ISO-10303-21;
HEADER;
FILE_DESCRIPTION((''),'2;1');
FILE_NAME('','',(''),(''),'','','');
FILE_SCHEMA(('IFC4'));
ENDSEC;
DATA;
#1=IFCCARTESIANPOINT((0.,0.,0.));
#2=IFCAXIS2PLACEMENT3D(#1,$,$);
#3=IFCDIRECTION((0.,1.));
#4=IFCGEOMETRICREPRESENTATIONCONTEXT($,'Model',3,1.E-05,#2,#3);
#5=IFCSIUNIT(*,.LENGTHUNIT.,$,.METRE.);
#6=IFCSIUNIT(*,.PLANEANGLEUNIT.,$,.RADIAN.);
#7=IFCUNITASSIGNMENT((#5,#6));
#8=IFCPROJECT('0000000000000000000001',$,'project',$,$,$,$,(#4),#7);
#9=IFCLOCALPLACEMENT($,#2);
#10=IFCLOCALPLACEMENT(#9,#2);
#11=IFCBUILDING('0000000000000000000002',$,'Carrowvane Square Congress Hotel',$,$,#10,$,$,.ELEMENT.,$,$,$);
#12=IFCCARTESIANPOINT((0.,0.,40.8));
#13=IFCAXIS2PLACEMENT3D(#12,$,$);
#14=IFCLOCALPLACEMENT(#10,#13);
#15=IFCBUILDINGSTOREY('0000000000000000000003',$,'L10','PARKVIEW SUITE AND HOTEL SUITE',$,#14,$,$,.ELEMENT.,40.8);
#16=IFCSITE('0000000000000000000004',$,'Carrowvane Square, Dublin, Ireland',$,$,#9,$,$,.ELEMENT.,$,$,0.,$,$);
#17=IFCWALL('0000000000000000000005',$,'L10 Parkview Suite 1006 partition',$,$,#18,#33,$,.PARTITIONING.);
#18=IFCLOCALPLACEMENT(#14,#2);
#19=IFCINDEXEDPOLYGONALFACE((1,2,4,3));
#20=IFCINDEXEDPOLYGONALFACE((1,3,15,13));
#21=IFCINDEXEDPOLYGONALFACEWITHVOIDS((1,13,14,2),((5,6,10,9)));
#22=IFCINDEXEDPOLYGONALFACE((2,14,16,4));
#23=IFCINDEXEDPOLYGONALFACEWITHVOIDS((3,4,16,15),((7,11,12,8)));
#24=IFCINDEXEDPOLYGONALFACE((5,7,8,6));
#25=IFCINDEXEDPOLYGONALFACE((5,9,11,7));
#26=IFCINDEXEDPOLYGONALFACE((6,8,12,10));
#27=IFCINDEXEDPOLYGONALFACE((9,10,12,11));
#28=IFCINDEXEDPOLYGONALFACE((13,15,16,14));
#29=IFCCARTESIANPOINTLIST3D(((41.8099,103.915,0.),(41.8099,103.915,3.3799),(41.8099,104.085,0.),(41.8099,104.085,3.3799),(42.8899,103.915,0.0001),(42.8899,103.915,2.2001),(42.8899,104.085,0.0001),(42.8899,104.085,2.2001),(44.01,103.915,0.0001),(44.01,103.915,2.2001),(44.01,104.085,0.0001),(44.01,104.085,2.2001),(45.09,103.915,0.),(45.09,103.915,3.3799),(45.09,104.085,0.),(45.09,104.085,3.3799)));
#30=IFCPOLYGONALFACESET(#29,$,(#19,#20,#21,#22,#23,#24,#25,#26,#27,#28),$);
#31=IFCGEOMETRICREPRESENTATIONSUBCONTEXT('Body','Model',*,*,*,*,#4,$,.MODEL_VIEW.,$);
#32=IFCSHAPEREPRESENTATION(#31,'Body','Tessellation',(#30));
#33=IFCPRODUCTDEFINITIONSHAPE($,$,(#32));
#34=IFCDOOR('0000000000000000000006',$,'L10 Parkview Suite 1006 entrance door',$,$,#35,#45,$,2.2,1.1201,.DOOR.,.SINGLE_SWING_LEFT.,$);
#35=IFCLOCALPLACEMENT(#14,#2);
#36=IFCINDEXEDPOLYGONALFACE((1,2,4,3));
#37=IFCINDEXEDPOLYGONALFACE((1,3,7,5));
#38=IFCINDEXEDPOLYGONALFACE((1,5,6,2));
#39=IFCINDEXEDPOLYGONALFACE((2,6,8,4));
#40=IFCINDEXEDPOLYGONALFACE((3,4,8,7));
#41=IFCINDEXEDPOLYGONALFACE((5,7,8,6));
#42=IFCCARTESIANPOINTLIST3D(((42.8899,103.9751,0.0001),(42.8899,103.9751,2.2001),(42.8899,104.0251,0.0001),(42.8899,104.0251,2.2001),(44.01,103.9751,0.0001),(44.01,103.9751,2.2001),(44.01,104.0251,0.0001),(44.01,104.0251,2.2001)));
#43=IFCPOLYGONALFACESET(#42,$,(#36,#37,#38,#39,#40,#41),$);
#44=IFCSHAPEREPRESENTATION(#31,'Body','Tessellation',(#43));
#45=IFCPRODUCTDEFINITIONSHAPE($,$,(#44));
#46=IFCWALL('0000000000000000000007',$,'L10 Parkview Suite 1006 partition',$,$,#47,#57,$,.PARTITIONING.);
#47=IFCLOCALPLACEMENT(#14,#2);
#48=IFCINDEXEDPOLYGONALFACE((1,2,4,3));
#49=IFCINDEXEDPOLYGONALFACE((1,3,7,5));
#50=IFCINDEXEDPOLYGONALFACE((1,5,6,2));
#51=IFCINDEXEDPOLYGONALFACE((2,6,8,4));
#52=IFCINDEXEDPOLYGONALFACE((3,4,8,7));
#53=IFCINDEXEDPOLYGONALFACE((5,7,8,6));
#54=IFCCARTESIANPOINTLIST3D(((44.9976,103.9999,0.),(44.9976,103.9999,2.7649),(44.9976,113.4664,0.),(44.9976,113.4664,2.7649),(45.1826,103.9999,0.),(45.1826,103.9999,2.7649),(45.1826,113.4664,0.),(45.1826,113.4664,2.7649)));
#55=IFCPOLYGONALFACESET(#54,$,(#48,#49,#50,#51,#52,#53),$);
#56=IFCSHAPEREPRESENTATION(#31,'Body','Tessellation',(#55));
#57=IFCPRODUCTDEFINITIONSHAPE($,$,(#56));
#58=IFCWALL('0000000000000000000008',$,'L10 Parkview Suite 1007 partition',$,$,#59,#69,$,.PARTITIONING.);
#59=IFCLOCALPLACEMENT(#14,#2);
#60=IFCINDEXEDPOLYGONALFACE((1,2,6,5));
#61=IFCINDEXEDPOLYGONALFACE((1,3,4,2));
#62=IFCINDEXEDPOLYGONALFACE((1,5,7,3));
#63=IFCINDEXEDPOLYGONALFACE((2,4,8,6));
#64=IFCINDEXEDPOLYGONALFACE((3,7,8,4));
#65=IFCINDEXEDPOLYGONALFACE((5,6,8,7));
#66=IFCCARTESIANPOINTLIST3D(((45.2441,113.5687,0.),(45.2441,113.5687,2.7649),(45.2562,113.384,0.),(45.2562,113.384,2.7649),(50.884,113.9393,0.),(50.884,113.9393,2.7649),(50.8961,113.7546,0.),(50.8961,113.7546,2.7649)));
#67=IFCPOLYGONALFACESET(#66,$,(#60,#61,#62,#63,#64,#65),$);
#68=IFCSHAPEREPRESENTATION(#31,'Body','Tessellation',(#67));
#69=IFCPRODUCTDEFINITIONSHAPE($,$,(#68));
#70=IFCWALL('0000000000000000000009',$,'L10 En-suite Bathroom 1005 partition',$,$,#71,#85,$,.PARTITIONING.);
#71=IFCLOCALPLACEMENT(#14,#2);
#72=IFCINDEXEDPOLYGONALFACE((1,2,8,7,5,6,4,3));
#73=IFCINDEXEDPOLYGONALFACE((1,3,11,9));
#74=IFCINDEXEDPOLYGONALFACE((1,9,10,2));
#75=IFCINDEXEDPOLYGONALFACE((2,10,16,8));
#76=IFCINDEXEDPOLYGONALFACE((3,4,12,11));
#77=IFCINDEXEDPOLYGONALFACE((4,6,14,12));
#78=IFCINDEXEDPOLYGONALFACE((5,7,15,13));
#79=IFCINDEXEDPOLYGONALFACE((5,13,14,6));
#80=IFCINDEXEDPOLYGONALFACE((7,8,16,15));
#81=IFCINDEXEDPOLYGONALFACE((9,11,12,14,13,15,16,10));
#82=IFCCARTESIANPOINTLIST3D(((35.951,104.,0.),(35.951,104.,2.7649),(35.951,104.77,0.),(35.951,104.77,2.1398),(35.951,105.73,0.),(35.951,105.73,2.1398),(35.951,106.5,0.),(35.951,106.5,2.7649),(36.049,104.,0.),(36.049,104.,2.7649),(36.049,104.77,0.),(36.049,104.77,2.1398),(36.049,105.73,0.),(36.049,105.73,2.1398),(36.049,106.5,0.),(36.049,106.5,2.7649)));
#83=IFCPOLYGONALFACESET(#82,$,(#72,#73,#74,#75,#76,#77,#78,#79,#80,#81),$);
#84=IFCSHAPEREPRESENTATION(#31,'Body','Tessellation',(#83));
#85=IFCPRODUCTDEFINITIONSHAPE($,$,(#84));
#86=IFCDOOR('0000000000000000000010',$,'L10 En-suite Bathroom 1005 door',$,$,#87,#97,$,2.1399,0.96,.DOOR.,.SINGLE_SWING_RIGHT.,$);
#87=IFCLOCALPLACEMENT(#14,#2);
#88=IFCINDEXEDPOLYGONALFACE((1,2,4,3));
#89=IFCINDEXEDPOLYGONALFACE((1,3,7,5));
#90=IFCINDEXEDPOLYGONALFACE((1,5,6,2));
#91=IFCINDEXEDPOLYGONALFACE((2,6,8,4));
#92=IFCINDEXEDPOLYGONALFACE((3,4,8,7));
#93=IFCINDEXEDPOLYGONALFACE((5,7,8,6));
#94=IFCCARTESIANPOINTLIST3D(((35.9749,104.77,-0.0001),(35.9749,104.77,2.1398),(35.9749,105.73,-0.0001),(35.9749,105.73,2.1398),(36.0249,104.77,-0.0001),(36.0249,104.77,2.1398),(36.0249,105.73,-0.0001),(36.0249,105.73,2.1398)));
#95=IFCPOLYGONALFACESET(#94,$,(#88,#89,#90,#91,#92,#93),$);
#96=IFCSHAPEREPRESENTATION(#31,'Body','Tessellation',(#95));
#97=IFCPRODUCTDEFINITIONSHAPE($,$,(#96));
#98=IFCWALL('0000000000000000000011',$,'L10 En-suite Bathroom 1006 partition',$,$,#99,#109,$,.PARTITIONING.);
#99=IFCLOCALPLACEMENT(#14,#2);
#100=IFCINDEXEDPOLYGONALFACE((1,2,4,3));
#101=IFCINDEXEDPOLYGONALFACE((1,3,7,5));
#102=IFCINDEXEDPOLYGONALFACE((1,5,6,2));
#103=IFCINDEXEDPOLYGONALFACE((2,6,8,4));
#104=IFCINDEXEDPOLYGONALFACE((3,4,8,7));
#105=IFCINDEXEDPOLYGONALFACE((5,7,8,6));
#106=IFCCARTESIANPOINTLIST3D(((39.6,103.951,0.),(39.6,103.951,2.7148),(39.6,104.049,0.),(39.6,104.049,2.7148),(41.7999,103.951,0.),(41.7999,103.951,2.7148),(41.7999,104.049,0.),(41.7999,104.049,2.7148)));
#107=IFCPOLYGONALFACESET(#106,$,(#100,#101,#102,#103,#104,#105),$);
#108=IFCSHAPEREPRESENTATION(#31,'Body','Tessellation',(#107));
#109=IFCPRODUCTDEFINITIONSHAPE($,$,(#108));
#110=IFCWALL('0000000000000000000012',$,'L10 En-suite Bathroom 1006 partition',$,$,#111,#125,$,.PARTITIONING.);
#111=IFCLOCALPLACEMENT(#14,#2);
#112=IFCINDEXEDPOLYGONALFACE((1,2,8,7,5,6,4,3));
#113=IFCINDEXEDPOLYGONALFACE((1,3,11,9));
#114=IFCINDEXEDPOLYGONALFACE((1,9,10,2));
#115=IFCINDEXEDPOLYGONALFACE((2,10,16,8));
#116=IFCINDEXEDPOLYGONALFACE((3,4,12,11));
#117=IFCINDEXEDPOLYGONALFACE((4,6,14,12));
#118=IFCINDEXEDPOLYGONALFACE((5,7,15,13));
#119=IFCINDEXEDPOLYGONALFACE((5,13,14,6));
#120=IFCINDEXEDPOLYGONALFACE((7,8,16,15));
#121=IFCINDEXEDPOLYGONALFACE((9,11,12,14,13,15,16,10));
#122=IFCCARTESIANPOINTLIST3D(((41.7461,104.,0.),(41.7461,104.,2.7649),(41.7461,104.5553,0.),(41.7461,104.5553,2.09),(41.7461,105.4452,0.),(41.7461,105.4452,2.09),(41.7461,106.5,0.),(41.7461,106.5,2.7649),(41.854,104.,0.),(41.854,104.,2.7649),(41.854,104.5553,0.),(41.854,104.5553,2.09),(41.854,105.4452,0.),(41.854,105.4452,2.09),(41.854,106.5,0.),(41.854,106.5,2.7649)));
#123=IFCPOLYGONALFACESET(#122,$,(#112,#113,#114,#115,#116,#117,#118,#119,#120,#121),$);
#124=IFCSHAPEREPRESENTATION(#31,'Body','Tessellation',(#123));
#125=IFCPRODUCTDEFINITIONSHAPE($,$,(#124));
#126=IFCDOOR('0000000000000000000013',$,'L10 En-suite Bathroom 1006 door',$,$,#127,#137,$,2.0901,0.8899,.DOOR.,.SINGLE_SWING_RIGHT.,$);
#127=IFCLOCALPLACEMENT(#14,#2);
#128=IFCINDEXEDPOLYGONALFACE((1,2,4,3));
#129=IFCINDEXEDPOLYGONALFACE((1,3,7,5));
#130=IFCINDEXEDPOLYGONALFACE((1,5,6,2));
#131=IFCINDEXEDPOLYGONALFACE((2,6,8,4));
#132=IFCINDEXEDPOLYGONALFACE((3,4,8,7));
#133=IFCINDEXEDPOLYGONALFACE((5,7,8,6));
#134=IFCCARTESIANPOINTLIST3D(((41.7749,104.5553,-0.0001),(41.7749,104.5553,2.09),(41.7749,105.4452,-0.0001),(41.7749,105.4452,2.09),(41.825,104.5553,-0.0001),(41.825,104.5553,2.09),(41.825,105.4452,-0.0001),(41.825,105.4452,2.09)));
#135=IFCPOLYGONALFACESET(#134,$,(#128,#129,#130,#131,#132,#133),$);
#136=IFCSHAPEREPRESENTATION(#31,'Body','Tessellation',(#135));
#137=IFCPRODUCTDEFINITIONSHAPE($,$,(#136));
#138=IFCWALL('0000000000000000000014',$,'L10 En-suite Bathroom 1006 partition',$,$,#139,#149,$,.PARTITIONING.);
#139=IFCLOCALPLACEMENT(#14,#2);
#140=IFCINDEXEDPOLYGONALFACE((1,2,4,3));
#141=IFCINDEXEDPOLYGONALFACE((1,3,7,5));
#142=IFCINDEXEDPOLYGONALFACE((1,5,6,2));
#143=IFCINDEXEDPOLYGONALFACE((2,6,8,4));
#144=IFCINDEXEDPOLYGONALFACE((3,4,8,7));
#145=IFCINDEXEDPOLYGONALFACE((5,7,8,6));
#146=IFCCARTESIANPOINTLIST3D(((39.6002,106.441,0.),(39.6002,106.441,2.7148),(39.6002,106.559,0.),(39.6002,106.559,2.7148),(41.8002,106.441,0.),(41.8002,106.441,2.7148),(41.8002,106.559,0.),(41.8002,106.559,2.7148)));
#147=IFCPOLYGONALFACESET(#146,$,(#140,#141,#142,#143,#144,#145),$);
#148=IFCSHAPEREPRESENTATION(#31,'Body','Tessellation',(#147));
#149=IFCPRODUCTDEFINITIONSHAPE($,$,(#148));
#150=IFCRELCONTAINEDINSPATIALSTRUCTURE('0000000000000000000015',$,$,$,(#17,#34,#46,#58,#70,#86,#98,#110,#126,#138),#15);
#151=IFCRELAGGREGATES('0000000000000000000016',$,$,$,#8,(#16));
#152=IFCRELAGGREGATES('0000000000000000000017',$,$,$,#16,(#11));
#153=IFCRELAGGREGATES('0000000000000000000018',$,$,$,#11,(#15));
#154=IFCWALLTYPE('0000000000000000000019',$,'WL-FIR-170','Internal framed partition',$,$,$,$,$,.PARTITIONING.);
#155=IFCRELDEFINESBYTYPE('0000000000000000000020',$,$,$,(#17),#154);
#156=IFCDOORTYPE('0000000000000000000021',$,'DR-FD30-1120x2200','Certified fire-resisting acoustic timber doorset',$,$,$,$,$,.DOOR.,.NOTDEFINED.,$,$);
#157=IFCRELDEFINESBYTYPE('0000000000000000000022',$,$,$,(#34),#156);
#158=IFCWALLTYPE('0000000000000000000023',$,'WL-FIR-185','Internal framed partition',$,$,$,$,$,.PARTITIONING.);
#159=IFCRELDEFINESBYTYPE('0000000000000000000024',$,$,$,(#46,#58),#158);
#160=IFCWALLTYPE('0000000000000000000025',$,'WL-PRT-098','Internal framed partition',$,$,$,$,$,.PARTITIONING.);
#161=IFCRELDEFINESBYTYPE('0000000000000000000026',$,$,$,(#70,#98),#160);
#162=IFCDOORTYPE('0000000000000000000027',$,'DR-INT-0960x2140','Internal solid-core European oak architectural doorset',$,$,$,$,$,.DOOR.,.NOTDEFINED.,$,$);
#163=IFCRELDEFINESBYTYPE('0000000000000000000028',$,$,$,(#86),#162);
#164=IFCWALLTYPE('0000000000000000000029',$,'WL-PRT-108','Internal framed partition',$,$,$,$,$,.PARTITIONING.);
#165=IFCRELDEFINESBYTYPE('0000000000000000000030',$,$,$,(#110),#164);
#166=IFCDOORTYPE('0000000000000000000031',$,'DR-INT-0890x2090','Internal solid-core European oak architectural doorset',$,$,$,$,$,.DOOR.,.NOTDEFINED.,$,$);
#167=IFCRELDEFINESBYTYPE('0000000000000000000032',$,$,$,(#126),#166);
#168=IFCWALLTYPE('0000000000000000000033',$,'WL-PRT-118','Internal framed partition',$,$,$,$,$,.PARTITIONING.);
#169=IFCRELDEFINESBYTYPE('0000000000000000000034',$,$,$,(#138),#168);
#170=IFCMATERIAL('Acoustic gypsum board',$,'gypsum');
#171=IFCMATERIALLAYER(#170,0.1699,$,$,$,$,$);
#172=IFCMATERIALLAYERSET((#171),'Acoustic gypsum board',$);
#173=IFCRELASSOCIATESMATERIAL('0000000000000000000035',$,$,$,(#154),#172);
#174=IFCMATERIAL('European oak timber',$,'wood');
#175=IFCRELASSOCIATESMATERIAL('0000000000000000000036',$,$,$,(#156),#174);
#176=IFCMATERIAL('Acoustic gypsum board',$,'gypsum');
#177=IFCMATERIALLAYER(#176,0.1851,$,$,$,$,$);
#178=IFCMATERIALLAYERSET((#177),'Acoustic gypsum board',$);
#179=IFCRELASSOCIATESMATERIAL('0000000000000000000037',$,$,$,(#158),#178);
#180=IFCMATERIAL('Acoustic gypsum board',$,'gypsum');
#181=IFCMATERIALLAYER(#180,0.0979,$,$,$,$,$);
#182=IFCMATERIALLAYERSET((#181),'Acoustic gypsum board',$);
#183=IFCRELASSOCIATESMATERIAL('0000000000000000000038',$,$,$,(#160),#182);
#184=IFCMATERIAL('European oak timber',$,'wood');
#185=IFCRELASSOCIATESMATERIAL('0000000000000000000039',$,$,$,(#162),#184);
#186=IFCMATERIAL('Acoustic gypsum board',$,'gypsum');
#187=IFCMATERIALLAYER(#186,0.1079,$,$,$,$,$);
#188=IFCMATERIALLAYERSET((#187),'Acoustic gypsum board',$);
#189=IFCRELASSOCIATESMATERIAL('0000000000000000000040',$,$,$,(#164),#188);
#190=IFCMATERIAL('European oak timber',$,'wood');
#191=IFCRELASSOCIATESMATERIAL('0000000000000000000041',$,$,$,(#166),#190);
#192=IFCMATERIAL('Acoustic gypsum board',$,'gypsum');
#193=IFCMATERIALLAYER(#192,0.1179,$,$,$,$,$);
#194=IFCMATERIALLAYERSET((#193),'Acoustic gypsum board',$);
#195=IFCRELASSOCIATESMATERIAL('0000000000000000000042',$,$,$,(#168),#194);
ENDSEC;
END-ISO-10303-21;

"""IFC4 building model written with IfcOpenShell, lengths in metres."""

from ifc_helpers import new_model, si_unit, direction, frame, frame_2d, origin, place, context, subcontext, project, spatial, rectangle, extrude, material, layer, layer_set, type_object, element, fill, save


model = new_model("IFC4")

# Units and contexts
model_context = context("Model", 3, precision=1e-05, world=origin(), true_north=direction((0.0, 1.0)))
body_context = subcontext(model_context, "Body", "Model", "MODEL_VIEW")
ifc_project = project(units=[si_unit("LENGTHUNIT", "METRE"), si_unit("PLANEANGLEUNIT", "RADIAN")], contexts=[model_context])

# Site, building, storey
site_placement = place(None, origin())
site = spatial("IfcSite", under=ifc_project, at=site_placement, Name="Carrowvane Square, Dublin, Ireland", CompositionType="ELEMENT", RefElevation=0.0)
building_placement = place(site_placement, origin())
building = spatial("IfcBuilding", under=site, at=building_placement, Name="Carrowvane Square Congress Hotel", CompositionType="ELEMENT")
storey_placement = place(building_placement, frame((0.0, 0.0, 40.8)))
storey = spatial("IfcBuildingStorey", under=building, at=storey_placement, Name="L10", Description="PARKVIEW SUITE AND HOTEL SUITE", CompositionType="ELEMENT", Elevation=40.8)

# Wall, opening, door
ifc_material_1 = material(Name="Acoustic gypsum board", Category="gypsum")
ifc_layer_1 = layer(ifc_material_1, 0.1699)
ifc_layer_set_1 = layer_set([ifc_layer_1], Name="Acoustic gypsum board")
wall_type_1 = type_object("IfcWallType", Name="WL-FIR-170", Description="Internal framed partition", PredefinedType="PARTITIONING", material=ifc_layer_set_1)
wall_1_placement = place(storey_placement, frame((45.0901, 104.0, 0.0), z_axis=(0.0, 0.0, 1.0), x_axis=(-1.0, 0.0, 0.0)))
wall_1 = element("IfcWall", 1, at=wall_1_placement, inside=storey, type_object=wall_type_1, Name="L10 Parkview Suite 1006 partition", PredefinedType="PARTITIONING", context=body_context, shape_type="SweptSolid", body=[
    extrude(rectangle(XDim=3.28, YDim=0.1699, at=frame_2d((1.6401, 0.0))), origin(), (0.0, 0.0, 1.0), 3.3799),
])
opening_1_placement = place(wall_1_placement, frame((1.0801, 0.0, 0.0)))
opening_1 = element("IfcOpeningElement", 2, at=opening_1_placement, cuts=wall_1, PredefinedType="OPENING", context=body_context, shape_type="SweptSolid", body=[
    extrude(rectangle(XDim=1.1201, YDim=2.2, at=frame_2d((0.5601, 1.1001))), frame((0.0, 0.095, 0.0), z_axis=(0.0, -1.0, 0.0), x_axis=(1.0, 0.0, 0.0)), (0.0, 0.0, 1.0), 0.1899),
])
ifc_material_2 = material(Name="European oak timber", Category="wood")
door_type_1 = type_object("IfcDoorType", Name="DR-FD30-1120x2200", Description="Certified fire-resisting acoustic timber doorset", OperationType="NOTDEFINED", PredefinedType="DOOR", material=ifc_material_2)
door_1_placement = place(opening_1_placement, origin())
door_1 = element("IfcDoor", 3, at=door_1_placement, inside=storey, type_object=door_type_1, Name="L10 Parkview Suite 1006 entrance door", OperationType="SINGLE_SWING_LEFT", OverallHeight=2.2, OverallWidth=1.1201, PredefinedType="DOOR", context=body_context, shape_type="SweptSolid", body=[
    extrude(rectangle(XDim=1.1201, YDim=2.2, at=frame_2d((0.5601, 1.1001))), frame((0.0, 0.0249, 0.0), z_axis=(0.0, -1.0, 0.0), x_axis=(1.0, 0.0, 0.0)), (0.0, 0.0, 1.0), 0.05),
])
fill(opening_1, door_1)

# Walls
ifc_material_3 = material(Name="Acoustic gypsum board", Category="gypsum")
ifc_layer_2 = layer(ifc_material_3, 0.1851)
ifc_layer_set_2 = layer_set([ifc_layer_2], Name="Acoustic gypsum board")
wall_type_2 = type_object("IfcWallType", Name="WL-FIR-185", Description="Internal framed partition", PredefinedType="PARTITIONING", material=ifc_layer_set_2)
wall_2_placement = place(storey_placement, frame((45.0901, 113.4666, 0.0), z_axis=(0.0, 0.0, 1.0), x_axis=(0.0, -1.0, 0.0)))
element("IfcWall", 4, at=wall_2_placement, inside=storey, type_object=wall_type_2, Name="L10 Parkview Suite 1006 partition", PredefinedType="PARTITIONING", context=body_context, shape_type="SweptSolid", body=[
    extrude(rectangle(XDim=9.4666, YDim=0.1851, at=frame_2d((4.7334, 0.0))), origin(), (0.0, 0.0, 1.0), 2.7649),
])
wall_3_placement = place(storey_placement, frame((45.25, 113.4763, 0.0), z_axis=(0.0, 0.0, 1.0), x_axis=(0.997848, 0.06557, 0.0)))
element("IfcWall", 5, at=wall_3_placement, inside=storey, type_object=wall_type_2, Name="L10 Parkview Suite 1007 partition", PredefinedType="PARTITIONING", context=body_context, shape_type="SweptSolid", body=[
    extrude(rectangle(XDim=5.6521, YDim=0.1851, at=frame_2d((2.8262, 0.0))), origin(), (0.0, 0.0, 1.0), 2.7649),
])

# Wall, opening, door
ifc_material_4 = material(Name="Acoustic gypsum board", Category="gypsum")
ifc_layer_3 = layer(ifc_material_4, 0.0979)
ifc_layer_set_3 = layer_set([ifc_layer_3], Name="Acoustic gypsum board")
wall_type_3 = type_object("IfcWallType", Name="WL-PRT-098", Description="Internal framed partition", PredefinedType="PARTITIONING", material=ifc_layer_set_3)
wall_4_placement = place(storey_placement, frame((36.0, 106.5, 0.0), z_axis=(0.0, 0.0, 1.0), x_axis=(0.0, -1.0, 0.0)))
wall_4 = element("IfcWall", 6, at=wall_4_placement, inside=storey, type_object=wall_type_3, Name="L10 En-suite Bathroom 1005 partition", PredefinedType="PARTITIONING", context=body_context, shape_type="SweptSolid", body=[
    extrude(rectangle(XDim=2.5, YDim=0.0979, at=frame_2d((1.25, 0.0))), origin(), (0.0, 0.0, 1.0), 2.7649),
])
opening_2_placement = place(wall_4_placement, frame((0.77, 0.0, 0.0)))
opening_2 = element("IfcOpeningElement", 7, at=opening_2_placement, cuts=wall_4, PredefinedType="OPENING", context=body_context, shape_type="SweptSolid", body=[
    extrude(rectangle(XDim=0.96, YDim=2.1399, at=frame_2d((0.48, 1.0698))), frame((0.0, 0.0588, 0.0), z_axis=(0.0, -1.0, 0.0), x_axis=(1.0, 0.0, 0.0)), (0.0, 0.0, 1.0), 0.1179),
])
ifc_material_5 = material(Name="European oak timber", Category="wood")
door_type_2 = type_object("IfcDoorType", Name="DR-INT-0960x2140", Description="Internal solid-core European oak architectural doorset", OperationType="NOTDEFINED", PredefinedType="DOOR", material=ifc_material_5)
door_2_placement = place(opening_2_placement, origin())
door_2 = element("IfcDoor", 8, at=door_2_placement, inside=storey, type_object=door_type_2, Name="L10 En-suite Bathroom 1005 door", OperationType="SINGLE_SWING_RIGHT", OverallHeight=2.1399, OverallWidth=0.96, PredefinedType="DOOR", context=body_context, shape_type="SweptSolid", body=[
    extrude(rectangle(XDim=0.96, YDim=2.1399, at=frame_2d((0.48, 1.0698))), frame((0.0, 0.0249, 0.0), z_axis=(0.0, -1.0, 0.0), x_axis=(1.0, 0.0, 0.0)), (0.0, 0.0, 1.0), 0.05),
])
fill(opening_2, door_2)

# Wall
wall_5_placement = place(storey_placement, frame((41.8, 104.0, 0.0), z_axis=(0.0, 0.0, 1.0), x_axis=(-1.0, 0.0, 0.0)))
element("IfcWall", 9, at=wall_5_placement, inside=storey, type_object=wall_type_3, Name="L10 En-suite Bathroom 1006 partition", PredefinedType="PARTITIONING", context=body_context, shape_type="SweptSolid", body=[
    extrude(rectangle(XDim=2.2, YDim=0.0979, at=frame_2d((1.1001, 0.0))), origin(), (0.0, 0.0, 1.0), 2.7148),
])

# Wall, opening, door
ifc_material_6 = material(Name="Acoustic gypsum board", Category="gypsum")
ifc_layer_4 = layer(ifc_material_6, 0.1079)
ifc_layer_set_4 = layer_set([ifc_layer_4], Name="Acoustic gypsum board")
wall_type_4 = type_object("IfcWallType", Name="WL-PRT-108", Description="Internal framed partition", PredefinedType="PARTITIONING", material=ifc_layer_set_4)
wall_6_placement = place(storey_placement, frame((41.8, 106.5, 0.0), z_axis=(0.0, 0.0, 1.0), x_axis=(0.0, -1.0, 0.0)))
wall_6 = element("IfcWall", 10, at=wall_6_placement, inside=storey, type_object=wall_type_4, Name="L10 En-suite Bathroom 1006 partition", PredefinedType="PARTITIONING", context=body_context, shape_type="SweptSolid", body=[
    extrude(rectangle(XDim=2.5, YDim=0.1079, at=frame_2d((1.25, 0.0))), origin(), (0.0, 0.0, 1.0), 2.7649),
])
opening_3_placement = place(wall_6_placement, frame((1.0549, 0.0, 0.0)))
opening_3 = element("IfcOpeningElement", 11, at=opening_3_placement, cuts=wall_6, PredefinedType="OPENING", context=body_context, shape_type="SweptSolid", body=[
    extrude(rectangle(XDim=0.8899, YDim=2.0901, at=frame_2d((0.4448, 1.0449))), frame((0.0, 0.064, 0.0), z_axis=(0.0, -1.0, 0.0), x_axis=(1.0, 0.0, 0.0)), (0.0, 0.0, 1.0), 0.1279),
])
ifc_material_7 = material(Name="European oak timber", Category="wood")
door_type_3 = type_object("IfcDoorType", Name="DR-INT-0890x2090", Description="Internal solid-core European oak architectural doorset", OperationType="NOTDEFINED", PredefinedType="DOOR", material=ifc_material_7)
door_3_placement = place(opening_3_placement, origin())
door_3 = element("IfcDoor", 12, at=door_3_placement, inside=storey, type_object=door_type_3, Name="L10 En-suite Bathroom 1006 door", OperationType="SINGLE_SWING_RIGHT", OverallHeight=2.0901, OverallWidth=0.8899, PredefinedType="DOOR", context=body_context, shape_type="SweptSolid", body=[
    extrude(rectangle(XDim=0.8899, YDim=2.0901, at=frame_2d((0.4448, 1.0449))), frame((0.0, 0.0249, 0.0), z_axis=(0.0, -1.0, 0.0), x_axis=(1.0, 0.0, 0.0)), (0.0, 0.0, 1.0), 0.05),
])
fill(opening_3, door_3)

# Wall
ifc_material_8 = material(Name="Acoustic gypsum board", Category="gypsum")
ifc_layer_5 = layer(ifc_material_8, 0.1179)
ifc_layer_set_5 = layer_set([ifc_layer_5], Name="Acoustic gypsum board")
wall_type_5 = type_object("IfcWallType", Name="WL-PRT-118", Description="Internal framed partition", PredefinedType="PARTITIONING", material=ifc_layer_set_5)
wall_7_placement = place(storey_placement, frame((39.6001, 106.5, 0.0), z_axis=(0.0, 0.0, 1.0), x_axis=(1.0, 0.0, 0.0)))
element("IfcWall", 13, at=wall_7_placement, inside=storey, type_object=wall_type_5, Name="L10 En-suite Bathroom 1006 partition", PredefinedType="PARTITIONING", context=body_context, shape_type="SweptSolid", body=[
    extrude(rectangle(XDim=2.2, YDim=0.1179, at=frame_2d((1.1001, 0.0))), origin(), (0.0, 0.0, 1.0), 2.7148),
])

save(model, "model.ifc")
